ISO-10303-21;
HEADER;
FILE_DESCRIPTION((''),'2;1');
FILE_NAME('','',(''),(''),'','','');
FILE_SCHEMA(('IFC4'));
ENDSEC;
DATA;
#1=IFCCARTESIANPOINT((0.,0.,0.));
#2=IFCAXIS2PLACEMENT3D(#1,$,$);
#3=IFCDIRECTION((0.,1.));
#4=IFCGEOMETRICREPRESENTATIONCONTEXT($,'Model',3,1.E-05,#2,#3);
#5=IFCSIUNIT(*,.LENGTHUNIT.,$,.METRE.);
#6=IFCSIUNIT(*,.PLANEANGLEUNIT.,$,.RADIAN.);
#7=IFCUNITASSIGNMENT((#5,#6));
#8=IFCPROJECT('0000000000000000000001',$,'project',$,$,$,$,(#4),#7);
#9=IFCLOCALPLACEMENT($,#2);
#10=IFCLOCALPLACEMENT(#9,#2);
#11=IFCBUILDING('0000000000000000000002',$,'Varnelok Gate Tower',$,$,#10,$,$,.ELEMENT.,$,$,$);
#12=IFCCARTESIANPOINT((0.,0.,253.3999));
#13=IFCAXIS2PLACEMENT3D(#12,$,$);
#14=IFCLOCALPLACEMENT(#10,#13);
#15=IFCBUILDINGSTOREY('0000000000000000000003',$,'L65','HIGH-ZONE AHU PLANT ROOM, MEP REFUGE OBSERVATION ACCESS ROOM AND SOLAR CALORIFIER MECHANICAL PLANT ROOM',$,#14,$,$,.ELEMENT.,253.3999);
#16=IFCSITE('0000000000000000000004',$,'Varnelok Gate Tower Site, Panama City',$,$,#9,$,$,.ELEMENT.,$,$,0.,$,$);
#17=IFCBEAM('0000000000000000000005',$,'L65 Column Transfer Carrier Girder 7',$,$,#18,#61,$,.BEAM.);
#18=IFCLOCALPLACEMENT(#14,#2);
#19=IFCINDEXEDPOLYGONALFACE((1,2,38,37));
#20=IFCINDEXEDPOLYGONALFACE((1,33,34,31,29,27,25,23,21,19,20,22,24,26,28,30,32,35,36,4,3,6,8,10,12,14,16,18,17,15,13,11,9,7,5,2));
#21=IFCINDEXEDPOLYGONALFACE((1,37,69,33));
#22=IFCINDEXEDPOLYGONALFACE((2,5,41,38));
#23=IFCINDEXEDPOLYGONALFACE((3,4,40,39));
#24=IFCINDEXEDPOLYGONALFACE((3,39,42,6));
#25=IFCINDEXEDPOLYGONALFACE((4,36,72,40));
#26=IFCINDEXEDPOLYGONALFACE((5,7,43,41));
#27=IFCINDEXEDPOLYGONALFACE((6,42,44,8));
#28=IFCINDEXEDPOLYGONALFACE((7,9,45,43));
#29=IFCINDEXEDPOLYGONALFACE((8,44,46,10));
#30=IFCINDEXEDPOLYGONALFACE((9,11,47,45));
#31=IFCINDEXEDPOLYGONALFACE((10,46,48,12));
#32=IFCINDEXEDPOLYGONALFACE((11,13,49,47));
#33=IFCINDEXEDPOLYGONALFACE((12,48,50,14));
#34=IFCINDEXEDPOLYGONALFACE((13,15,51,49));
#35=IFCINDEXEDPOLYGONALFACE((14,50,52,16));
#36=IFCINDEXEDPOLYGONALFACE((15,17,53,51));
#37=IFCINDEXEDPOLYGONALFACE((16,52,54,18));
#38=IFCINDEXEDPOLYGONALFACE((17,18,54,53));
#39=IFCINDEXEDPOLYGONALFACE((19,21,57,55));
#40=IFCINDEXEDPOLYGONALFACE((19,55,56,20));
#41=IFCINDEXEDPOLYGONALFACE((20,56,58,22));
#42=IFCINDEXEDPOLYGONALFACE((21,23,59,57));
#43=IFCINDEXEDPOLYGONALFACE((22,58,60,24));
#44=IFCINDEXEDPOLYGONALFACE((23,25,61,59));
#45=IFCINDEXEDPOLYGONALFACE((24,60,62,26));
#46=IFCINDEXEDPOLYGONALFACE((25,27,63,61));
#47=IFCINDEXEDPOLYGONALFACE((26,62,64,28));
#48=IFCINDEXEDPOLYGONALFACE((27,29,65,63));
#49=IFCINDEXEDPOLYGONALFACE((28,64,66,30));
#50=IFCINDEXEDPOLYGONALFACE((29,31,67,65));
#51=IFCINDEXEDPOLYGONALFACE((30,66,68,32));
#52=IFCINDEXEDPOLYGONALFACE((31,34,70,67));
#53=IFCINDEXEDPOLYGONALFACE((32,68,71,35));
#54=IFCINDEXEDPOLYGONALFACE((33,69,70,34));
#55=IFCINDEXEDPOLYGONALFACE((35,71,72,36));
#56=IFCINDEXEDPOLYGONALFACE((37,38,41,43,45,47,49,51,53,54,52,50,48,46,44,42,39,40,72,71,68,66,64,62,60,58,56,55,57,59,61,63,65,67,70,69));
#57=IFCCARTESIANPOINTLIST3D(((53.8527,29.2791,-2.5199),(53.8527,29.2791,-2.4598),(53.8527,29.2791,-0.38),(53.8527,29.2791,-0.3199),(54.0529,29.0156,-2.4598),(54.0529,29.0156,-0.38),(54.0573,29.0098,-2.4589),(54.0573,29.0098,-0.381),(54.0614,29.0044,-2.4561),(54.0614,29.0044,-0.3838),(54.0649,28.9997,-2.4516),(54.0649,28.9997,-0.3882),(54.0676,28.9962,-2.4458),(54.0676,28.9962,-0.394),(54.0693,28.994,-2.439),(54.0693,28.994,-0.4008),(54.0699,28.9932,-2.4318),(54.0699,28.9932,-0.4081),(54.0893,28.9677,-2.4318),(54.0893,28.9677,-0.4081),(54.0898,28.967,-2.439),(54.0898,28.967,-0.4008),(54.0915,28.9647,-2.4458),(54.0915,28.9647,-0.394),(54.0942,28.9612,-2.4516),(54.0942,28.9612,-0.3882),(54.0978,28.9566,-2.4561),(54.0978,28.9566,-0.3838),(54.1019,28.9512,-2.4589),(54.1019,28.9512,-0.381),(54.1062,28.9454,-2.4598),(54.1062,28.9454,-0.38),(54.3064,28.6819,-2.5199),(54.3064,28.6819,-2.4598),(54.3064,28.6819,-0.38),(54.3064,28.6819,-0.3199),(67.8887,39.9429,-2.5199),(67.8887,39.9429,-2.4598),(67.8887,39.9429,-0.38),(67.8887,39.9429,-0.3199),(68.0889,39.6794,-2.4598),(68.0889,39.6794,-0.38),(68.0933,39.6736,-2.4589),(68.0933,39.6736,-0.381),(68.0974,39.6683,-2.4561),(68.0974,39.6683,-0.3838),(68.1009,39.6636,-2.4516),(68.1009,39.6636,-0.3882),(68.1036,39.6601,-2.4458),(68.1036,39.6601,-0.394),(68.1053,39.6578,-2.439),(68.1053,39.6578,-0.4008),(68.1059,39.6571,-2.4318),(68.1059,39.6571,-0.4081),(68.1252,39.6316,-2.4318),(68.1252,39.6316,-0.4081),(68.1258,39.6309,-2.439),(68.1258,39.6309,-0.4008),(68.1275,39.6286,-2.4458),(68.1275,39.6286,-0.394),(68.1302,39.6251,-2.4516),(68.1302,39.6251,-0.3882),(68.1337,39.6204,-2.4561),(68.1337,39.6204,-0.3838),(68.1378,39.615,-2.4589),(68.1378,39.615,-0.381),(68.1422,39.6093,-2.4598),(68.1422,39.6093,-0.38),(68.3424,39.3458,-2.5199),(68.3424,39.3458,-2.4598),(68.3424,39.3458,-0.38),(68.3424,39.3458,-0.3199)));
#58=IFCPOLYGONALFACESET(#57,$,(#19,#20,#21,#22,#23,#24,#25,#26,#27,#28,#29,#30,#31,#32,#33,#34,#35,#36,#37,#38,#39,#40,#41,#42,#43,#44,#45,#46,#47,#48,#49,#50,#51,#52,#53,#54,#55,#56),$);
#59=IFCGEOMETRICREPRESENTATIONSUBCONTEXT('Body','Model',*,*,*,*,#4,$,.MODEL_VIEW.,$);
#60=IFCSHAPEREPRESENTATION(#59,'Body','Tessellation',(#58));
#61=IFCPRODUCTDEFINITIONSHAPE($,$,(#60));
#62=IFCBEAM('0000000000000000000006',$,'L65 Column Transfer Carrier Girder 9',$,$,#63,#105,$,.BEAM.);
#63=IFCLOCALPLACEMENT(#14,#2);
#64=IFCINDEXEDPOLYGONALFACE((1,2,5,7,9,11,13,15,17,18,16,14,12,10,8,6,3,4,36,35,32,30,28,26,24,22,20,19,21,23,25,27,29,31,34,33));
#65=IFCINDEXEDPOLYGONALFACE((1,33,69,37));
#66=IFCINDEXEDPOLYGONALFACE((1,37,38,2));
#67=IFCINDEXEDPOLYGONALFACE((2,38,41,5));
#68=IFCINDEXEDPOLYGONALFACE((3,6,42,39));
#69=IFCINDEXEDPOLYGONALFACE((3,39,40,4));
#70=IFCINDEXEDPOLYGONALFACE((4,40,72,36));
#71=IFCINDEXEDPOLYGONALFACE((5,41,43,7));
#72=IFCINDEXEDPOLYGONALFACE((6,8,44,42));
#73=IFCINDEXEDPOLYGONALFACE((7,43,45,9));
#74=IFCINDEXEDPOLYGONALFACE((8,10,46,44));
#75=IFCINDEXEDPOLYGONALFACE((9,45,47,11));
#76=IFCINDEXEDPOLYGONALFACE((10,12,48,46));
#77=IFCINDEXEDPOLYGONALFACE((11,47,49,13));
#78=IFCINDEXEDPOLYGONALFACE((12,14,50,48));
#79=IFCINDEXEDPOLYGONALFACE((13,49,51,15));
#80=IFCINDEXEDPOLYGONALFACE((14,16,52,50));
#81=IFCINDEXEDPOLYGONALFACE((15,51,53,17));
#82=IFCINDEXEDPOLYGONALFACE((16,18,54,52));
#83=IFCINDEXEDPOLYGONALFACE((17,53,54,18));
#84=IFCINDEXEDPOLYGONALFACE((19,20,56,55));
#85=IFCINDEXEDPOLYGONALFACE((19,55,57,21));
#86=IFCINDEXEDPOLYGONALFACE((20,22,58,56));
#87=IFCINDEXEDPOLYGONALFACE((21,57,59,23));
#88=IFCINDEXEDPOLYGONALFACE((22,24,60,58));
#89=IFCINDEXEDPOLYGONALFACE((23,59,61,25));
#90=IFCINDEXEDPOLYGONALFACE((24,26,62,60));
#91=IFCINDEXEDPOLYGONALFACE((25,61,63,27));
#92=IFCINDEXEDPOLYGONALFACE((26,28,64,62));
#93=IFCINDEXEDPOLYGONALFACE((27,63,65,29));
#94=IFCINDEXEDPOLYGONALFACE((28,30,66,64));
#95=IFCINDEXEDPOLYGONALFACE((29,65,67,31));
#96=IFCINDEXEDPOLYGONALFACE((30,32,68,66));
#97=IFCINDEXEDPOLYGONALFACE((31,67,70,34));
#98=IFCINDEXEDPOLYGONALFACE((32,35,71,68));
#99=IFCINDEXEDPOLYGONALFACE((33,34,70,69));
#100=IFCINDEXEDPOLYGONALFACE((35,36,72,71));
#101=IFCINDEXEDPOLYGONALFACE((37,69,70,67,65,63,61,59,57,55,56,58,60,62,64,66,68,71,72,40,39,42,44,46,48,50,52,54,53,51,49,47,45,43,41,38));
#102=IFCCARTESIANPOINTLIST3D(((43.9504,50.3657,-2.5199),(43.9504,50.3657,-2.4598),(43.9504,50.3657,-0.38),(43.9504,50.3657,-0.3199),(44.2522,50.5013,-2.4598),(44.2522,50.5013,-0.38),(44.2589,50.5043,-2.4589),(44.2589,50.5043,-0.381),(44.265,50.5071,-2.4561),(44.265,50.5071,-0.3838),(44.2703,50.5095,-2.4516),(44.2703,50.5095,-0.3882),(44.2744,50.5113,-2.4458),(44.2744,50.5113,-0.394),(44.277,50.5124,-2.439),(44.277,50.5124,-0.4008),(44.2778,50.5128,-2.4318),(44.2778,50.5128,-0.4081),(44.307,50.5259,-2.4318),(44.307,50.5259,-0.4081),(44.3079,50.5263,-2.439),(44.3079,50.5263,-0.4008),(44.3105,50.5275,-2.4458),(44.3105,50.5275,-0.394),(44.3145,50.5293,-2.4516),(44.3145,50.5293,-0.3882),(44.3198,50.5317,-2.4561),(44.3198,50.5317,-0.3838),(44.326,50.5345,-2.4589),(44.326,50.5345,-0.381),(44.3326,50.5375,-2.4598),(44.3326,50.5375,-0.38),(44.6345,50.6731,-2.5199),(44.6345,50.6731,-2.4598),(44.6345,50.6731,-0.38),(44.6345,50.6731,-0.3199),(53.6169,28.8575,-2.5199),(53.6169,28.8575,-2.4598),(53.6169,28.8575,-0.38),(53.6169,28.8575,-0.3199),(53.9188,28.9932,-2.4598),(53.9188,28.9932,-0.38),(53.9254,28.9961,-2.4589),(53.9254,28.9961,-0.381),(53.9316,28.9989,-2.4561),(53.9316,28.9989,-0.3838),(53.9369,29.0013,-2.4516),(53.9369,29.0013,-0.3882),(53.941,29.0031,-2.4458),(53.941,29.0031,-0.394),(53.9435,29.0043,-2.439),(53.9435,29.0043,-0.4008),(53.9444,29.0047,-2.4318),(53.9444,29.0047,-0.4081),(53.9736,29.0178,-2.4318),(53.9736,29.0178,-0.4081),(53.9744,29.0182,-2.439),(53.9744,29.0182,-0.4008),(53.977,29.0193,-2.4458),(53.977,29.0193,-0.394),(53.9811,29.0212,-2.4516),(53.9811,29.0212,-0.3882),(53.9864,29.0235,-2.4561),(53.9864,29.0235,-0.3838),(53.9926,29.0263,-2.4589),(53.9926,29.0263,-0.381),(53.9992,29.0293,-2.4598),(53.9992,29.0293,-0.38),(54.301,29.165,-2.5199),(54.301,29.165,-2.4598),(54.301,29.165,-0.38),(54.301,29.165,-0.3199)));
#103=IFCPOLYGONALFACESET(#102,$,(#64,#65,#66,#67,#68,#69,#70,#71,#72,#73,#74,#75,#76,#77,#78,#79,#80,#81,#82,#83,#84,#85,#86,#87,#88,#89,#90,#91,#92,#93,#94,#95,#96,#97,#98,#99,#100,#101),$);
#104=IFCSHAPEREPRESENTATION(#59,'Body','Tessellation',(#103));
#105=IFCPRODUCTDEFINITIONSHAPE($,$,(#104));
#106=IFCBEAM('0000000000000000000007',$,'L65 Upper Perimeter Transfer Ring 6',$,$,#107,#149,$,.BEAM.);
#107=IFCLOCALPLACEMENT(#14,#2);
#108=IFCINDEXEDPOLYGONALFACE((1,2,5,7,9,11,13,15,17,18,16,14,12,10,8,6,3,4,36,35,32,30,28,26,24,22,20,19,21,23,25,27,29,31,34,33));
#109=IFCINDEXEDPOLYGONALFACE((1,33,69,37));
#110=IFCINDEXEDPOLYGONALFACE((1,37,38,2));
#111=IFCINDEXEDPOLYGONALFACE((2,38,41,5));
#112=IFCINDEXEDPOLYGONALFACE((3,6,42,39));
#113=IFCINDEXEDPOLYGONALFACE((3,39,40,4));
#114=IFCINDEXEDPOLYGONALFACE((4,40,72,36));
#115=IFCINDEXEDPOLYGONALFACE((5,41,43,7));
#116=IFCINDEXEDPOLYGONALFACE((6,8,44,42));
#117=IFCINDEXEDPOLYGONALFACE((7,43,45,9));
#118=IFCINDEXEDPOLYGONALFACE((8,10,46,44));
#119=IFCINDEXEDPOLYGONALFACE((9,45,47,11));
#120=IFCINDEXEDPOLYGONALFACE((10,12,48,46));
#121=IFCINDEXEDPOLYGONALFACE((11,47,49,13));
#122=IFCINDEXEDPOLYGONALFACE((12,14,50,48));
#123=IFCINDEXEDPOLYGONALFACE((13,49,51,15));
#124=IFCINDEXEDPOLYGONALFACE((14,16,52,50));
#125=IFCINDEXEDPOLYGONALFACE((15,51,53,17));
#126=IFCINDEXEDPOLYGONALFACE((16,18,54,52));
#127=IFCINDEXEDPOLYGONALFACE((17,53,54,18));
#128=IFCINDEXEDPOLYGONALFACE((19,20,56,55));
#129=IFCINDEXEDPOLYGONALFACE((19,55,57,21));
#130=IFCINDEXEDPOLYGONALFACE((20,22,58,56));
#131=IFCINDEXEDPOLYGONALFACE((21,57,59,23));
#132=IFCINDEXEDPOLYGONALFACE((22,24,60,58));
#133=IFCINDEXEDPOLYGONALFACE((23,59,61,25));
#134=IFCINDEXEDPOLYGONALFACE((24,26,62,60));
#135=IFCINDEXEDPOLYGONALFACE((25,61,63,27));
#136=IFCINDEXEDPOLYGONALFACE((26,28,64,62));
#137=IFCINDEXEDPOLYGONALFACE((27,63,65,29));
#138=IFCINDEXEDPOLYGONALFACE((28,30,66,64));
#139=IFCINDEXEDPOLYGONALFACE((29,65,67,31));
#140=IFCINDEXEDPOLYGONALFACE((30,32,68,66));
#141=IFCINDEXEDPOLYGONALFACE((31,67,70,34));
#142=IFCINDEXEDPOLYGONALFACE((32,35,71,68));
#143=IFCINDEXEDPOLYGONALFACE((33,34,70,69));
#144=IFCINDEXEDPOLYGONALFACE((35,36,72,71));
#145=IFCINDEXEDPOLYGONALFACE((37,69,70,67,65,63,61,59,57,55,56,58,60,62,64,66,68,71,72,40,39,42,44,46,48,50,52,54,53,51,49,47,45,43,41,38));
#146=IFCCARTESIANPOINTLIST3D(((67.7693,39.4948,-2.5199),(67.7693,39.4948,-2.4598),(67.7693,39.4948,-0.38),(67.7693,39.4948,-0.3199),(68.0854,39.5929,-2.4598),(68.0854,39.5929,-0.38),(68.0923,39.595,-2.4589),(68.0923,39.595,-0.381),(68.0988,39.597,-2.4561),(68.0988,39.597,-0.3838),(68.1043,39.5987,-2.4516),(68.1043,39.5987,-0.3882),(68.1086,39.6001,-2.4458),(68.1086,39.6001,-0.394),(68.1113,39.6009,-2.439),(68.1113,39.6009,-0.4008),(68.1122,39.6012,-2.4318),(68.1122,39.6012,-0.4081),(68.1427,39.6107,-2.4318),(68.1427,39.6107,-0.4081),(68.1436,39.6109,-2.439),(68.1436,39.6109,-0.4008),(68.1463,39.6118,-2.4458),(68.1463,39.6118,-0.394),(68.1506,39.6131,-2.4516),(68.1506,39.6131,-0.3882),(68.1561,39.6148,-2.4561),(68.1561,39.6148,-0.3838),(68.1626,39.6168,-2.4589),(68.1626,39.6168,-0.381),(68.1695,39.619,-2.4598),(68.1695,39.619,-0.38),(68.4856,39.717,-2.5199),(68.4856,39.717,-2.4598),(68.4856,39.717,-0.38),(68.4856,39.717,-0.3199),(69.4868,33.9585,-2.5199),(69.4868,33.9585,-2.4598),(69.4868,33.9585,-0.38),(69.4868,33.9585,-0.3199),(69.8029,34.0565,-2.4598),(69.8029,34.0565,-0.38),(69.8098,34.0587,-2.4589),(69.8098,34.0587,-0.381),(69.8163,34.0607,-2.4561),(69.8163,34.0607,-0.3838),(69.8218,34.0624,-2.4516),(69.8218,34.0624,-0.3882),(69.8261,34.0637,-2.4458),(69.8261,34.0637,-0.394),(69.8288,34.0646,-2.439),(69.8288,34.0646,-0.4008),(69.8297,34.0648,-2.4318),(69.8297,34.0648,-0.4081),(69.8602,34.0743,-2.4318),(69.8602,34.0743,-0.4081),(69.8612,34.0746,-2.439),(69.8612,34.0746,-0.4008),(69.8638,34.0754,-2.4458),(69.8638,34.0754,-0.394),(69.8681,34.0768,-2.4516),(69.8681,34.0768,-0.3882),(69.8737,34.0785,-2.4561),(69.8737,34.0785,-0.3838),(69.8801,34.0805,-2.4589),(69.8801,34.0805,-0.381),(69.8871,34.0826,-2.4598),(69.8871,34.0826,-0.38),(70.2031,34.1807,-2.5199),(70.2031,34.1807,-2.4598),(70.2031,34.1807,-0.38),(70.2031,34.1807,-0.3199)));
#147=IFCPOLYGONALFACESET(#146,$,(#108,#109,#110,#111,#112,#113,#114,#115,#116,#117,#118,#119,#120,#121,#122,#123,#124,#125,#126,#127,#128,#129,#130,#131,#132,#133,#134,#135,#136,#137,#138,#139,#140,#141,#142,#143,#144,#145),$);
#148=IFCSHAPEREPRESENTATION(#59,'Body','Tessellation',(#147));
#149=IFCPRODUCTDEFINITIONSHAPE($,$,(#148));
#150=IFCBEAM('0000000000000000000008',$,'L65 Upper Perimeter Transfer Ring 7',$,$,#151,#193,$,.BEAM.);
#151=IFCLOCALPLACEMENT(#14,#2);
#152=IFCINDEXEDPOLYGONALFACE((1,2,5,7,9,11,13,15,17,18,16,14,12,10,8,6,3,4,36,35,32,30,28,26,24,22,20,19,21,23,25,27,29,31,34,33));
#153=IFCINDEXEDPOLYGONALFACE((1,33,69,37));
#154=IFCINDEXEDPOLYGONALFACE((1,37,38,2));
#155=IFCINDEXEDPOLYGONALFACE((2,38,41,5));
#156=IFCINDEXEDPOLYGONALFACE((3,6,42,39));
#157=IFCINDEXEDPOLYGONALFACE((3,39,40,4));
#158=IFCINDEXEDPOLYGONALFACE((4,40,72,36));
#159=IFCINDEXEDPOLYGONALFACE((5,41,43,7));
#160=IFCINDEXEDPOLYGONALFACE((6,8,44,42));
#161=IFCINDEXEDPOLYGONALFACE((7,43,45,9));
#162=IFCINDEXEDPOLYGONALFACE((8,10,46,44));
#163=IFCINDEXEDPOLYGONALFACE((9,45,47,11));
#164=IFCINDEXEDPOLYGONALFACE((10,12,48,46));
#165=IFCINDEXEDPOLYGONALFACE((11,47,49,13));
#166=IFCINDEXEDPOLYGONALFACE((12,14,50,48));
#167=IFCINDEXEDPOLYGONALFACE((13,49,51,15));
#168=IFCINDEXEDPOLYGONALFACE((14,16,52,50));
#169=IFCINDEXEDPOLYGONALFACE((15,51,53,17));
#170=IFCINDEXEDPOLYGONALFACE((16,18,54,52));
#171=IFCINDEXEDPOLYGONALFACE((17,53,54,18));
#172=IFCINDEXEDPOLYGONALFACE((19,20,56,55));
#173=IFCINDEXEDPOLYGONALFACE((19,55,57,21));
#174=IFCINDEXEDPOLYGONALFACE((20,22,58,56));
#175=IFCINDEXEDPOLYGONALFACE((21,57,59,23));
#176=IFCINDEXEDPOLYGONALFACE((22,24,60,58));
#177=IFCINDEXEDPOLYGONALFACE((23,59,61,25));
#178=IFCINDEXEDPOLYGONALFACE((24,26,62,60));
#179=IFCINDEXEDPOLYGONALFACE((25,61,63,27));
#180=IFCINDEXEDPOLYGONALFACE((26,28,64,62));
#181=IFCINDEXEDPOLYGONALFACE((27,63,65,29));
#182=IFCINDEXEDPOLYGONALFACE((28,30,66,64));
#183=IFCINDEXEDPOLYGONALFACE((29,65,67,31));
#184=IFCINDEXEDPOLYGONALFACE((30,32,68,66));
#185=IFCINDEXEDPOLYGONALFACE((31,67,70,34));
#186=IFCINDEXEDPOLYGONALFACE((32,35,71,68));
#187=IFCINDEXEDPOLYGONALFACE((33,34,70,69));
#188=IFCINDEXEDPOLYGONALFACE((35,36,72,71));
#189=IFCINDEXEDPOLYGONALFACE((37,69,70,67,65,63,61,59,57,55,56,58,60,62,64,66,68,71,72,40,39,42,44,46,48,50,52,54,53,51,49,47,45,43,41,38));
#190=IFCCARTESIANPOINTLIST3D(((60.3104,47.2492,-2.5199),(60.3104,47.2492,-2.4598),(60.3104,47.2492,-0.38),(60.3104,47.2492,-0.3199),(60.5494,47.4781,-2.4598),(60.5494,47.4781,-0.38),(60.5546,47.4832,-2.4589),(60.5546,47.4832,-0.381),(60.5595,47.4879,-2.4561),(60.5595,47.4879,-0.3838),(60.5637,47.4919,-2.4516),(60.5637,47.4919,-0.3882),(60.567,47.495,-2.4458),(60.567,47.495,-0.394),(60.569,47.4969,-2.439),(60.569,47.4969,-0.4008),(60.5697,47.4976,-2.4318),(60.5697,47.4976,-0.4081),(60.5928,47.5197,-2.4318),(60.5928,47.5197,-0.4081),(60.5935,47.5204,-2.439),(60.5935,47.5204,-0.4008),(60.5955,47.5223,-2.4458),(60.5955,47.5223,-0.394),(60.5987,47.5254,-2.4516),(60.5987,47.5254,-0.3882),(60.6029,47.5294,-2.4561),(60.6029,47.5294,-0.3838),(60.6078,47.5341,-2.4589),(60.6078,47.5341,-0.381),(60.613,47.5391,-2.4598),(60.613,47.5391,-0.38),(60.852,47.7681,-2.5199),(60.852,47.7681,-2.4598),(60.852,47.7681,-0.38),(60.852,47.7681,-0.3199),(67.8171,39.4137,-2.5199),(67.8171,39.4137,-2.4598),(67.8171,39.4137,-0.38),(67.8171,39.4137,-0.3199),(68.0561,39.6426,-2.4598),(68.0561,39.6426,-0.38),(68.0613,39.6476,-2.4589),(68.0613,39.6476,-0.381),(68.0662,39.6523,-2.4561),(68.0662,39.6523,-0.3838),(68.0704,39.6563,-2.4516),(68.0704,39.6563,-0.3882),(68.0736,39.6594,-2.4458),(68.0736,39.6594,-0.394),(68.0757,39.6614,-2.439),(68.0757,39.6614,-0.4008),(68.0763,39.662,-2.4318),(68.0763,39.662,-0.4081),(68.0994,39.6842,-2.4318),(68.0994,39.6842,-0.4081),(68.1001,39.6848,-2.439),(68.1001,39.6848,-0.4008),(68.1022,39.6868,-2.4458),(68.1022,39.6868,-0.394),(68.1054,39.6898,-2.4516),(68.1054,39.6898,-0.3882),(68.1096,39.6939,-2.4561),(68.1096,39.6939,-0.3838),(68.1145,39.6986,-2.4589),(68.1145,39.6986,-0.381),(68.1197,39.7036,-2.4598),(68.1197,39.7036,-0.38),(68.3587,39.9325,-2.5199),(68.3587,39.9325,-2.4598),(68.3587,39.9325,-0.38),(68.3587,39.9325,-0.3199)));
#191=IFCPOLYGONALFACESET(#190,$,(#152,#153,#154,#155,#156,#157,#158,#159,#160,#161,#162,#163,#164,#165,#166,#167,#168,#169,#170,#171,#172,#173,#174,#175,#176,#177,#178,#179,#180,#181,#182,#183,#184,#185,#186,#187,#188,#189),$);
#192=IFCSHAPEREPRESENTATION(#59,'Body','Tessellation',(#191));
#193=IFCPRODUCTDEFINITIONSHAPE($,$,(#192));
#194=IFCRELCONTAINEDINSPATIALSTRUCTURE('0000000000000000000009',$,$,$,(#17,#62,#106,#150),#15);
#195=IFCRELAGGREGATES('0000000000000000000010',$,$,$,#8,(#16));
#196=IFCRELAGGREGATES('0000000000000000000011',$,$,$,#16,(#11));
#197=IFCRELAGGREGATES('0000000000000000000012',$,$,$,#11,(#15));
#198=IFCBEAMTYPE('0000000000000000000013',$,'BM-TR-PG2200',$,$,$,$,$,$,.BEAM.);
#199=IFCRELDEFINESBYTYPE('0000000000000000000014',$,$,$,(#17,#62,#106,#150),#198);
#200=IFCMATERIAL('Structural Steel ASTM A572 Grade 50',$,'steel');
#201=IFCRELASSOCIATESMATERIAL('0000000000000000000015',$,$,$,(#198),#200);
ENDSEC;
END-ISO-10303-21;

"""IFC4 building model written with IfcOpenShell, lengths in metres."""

from ifc_helpers import new_model, si_unit, direction, frame, origin, origin_2d, place, context, subcontext, project, spatial, i_section, extrude, material, material_profile, profile_set, type_object, element, save


model = new_model("IFC4")

# Units and contexts
model_context = context("Model", 3, precision=1e-05, world=origin(), true_north=direction((0.0, 1.0)))
body_context = subcontext(model_context, "Body", "Model", "MODEL_VIEW")
ifc_project = project(units=[si_unit("LENGTHUNIT", "METRE"), si_unit("PLANEANGLEUNIT", "RADIAN")], contexts=[model_context])

# Site, building, storey
site_placement = place(None, origin())
site = spatial("IfcSite", under=ifc_project, at=site_placement, Name="Varnelok Gate Tower Site, Panama City", CompositionType="ELEMENT", RefElevation=0.0)
building_placement = place(site_placement, origin())
building = spatial("IfcBuilding", under=site, at=building_placement, Name="Varnelok Gate Tower", CompositionType="ELEMENT")
storey_placement = place(building_placement, frame((0.0, 0.0, 253.3999)))
storey = spatial("IfcBuildingStorey", under=building, at=storey_placement, Name="L65", Description="HIGH-ZONE AHU PLANT ROOM, MEP REFUGE OBSERVATION ACCESS ROOM AND SOLAR CALORIFIER MECHANICAL PLANT ROOM", CompositionType="ELEMENT", Elevation=253.3999)

# Beams
ifc_material_1 = material(Name="Structural Steel ASTM A572 Grade 50", Category="steel")
ifc_material_profile_1 = material_profile(ifc_material_1, i_section(OverallWidth=0.75, OverallDepth=2.2, WebThickness=0.032, FlangeThickness=0.0601, FilletRadius=0.0281, at=origin_2d()), Name="PG2200X750")
ifc_profile_set_1 = profile_set([ifc_material_profile_1], Name="Structural Steel ASTM A572 Grade 50")
beam_type = type_object("IfcBeamType", Name="BM-TR-PG2200", PredefinedType="BEAM", material=ifc_profile_set_1)
beam_1_placement = place(storey_placement, frame((54.0796, 28.9805, -1.4199), z_axis=(0.796257, 0.604959, 0.0), x_axis=(-0.604959, 0.796257, 0.0)))
element("IfcBeam", 1, at=beam_1_placement, inside=storey, type_object=beam_type, Name="L65 Column Transfer Carrier Girder 7", PredefinedType="BEAM", context=body_context, shape_type="SweptSolid", body=[
    extrude(i_section(OverallWidth=0.75, OverallDepth=2.2, WebThickness=0.032, FlangeThickness=0.0601, FilletRadius=0.0281, at=origin_2d()), origin(), (0.0, 0.0, 1.0), 17.6274),
])
beam_2_placement = place(storey_placement, frame((53.959, 29.0112, -1.4199), z_axis=(-0.409937, 0.912114, 0.0), x_axis=(-0.912114, -0.409937, 0.0)))
element("IfcBeam", 2, at=beam_2_placement, inside=storey, type_object=beam_type, Name="L65 Column Transfer Carrier Girder 9", PredefinedType="BEAM", context=body_context, shape_type="SweptSolid", body=[
    extrude(i_section(OverallWidth=0.75, OverallDepth=2.2, WebThickness=0.032, FlangeThickness=0.0601, FilletRadius=0.0281, at=origin_2d()), origin(), (0.0, 0.0, 1.0), 23.5806),
])
beam_3_placement = place(storey_placement, frame((69.845, 34.0696, -1.4199), z_axis=(-0.296296, 0.955096, 0.0), x_axis=(-0.955096, -0.296296, 0.0)))
element("IfcBeam", 3, at=beam_3_placement, inside=storey, type_object=beam_type, Name="L65 Upper Perimeter Transfer Ring 6", PredefinedType="BEAM", context=body_context, shape_type="SweptSolid", body=[
    extrude(i_section(OverallWidth=0.75, OverallDepth=2.2, WebThickness=0.032, FlangeThickness=0.0601, FilletRadius=0.0281, at=origin_2d()), origin(), (0.0, 0.0, 1.0), 5.7966),
])
beam_4_placement = place(storey_placement, frame((68.0879, 39.6731, -1.4199), z_axis=(-0.691791, 0.722098, 0.0), x_axis=(-0.722098, -0.691791, 0.0)))
element("IfcBeam", 4, at=beam_4_placement, inside=storey, type_object=beam_type, Name="L65 Upper Perimeter Transfer Ring 7", PredefinedType="BEAM", context=body_context, shape_type="SweptSolid", body=[
    extrude(i_section(OverallWidth=0.75, OverallDepth=2.2, WebThickness=0.032, FlangeThickness=0.0601, FilletRadius=0.0281, at=origin_2d()), origin(), (0.0, 0.0, 1.0), 10.8511),
])

save(model, "model.ifc")
